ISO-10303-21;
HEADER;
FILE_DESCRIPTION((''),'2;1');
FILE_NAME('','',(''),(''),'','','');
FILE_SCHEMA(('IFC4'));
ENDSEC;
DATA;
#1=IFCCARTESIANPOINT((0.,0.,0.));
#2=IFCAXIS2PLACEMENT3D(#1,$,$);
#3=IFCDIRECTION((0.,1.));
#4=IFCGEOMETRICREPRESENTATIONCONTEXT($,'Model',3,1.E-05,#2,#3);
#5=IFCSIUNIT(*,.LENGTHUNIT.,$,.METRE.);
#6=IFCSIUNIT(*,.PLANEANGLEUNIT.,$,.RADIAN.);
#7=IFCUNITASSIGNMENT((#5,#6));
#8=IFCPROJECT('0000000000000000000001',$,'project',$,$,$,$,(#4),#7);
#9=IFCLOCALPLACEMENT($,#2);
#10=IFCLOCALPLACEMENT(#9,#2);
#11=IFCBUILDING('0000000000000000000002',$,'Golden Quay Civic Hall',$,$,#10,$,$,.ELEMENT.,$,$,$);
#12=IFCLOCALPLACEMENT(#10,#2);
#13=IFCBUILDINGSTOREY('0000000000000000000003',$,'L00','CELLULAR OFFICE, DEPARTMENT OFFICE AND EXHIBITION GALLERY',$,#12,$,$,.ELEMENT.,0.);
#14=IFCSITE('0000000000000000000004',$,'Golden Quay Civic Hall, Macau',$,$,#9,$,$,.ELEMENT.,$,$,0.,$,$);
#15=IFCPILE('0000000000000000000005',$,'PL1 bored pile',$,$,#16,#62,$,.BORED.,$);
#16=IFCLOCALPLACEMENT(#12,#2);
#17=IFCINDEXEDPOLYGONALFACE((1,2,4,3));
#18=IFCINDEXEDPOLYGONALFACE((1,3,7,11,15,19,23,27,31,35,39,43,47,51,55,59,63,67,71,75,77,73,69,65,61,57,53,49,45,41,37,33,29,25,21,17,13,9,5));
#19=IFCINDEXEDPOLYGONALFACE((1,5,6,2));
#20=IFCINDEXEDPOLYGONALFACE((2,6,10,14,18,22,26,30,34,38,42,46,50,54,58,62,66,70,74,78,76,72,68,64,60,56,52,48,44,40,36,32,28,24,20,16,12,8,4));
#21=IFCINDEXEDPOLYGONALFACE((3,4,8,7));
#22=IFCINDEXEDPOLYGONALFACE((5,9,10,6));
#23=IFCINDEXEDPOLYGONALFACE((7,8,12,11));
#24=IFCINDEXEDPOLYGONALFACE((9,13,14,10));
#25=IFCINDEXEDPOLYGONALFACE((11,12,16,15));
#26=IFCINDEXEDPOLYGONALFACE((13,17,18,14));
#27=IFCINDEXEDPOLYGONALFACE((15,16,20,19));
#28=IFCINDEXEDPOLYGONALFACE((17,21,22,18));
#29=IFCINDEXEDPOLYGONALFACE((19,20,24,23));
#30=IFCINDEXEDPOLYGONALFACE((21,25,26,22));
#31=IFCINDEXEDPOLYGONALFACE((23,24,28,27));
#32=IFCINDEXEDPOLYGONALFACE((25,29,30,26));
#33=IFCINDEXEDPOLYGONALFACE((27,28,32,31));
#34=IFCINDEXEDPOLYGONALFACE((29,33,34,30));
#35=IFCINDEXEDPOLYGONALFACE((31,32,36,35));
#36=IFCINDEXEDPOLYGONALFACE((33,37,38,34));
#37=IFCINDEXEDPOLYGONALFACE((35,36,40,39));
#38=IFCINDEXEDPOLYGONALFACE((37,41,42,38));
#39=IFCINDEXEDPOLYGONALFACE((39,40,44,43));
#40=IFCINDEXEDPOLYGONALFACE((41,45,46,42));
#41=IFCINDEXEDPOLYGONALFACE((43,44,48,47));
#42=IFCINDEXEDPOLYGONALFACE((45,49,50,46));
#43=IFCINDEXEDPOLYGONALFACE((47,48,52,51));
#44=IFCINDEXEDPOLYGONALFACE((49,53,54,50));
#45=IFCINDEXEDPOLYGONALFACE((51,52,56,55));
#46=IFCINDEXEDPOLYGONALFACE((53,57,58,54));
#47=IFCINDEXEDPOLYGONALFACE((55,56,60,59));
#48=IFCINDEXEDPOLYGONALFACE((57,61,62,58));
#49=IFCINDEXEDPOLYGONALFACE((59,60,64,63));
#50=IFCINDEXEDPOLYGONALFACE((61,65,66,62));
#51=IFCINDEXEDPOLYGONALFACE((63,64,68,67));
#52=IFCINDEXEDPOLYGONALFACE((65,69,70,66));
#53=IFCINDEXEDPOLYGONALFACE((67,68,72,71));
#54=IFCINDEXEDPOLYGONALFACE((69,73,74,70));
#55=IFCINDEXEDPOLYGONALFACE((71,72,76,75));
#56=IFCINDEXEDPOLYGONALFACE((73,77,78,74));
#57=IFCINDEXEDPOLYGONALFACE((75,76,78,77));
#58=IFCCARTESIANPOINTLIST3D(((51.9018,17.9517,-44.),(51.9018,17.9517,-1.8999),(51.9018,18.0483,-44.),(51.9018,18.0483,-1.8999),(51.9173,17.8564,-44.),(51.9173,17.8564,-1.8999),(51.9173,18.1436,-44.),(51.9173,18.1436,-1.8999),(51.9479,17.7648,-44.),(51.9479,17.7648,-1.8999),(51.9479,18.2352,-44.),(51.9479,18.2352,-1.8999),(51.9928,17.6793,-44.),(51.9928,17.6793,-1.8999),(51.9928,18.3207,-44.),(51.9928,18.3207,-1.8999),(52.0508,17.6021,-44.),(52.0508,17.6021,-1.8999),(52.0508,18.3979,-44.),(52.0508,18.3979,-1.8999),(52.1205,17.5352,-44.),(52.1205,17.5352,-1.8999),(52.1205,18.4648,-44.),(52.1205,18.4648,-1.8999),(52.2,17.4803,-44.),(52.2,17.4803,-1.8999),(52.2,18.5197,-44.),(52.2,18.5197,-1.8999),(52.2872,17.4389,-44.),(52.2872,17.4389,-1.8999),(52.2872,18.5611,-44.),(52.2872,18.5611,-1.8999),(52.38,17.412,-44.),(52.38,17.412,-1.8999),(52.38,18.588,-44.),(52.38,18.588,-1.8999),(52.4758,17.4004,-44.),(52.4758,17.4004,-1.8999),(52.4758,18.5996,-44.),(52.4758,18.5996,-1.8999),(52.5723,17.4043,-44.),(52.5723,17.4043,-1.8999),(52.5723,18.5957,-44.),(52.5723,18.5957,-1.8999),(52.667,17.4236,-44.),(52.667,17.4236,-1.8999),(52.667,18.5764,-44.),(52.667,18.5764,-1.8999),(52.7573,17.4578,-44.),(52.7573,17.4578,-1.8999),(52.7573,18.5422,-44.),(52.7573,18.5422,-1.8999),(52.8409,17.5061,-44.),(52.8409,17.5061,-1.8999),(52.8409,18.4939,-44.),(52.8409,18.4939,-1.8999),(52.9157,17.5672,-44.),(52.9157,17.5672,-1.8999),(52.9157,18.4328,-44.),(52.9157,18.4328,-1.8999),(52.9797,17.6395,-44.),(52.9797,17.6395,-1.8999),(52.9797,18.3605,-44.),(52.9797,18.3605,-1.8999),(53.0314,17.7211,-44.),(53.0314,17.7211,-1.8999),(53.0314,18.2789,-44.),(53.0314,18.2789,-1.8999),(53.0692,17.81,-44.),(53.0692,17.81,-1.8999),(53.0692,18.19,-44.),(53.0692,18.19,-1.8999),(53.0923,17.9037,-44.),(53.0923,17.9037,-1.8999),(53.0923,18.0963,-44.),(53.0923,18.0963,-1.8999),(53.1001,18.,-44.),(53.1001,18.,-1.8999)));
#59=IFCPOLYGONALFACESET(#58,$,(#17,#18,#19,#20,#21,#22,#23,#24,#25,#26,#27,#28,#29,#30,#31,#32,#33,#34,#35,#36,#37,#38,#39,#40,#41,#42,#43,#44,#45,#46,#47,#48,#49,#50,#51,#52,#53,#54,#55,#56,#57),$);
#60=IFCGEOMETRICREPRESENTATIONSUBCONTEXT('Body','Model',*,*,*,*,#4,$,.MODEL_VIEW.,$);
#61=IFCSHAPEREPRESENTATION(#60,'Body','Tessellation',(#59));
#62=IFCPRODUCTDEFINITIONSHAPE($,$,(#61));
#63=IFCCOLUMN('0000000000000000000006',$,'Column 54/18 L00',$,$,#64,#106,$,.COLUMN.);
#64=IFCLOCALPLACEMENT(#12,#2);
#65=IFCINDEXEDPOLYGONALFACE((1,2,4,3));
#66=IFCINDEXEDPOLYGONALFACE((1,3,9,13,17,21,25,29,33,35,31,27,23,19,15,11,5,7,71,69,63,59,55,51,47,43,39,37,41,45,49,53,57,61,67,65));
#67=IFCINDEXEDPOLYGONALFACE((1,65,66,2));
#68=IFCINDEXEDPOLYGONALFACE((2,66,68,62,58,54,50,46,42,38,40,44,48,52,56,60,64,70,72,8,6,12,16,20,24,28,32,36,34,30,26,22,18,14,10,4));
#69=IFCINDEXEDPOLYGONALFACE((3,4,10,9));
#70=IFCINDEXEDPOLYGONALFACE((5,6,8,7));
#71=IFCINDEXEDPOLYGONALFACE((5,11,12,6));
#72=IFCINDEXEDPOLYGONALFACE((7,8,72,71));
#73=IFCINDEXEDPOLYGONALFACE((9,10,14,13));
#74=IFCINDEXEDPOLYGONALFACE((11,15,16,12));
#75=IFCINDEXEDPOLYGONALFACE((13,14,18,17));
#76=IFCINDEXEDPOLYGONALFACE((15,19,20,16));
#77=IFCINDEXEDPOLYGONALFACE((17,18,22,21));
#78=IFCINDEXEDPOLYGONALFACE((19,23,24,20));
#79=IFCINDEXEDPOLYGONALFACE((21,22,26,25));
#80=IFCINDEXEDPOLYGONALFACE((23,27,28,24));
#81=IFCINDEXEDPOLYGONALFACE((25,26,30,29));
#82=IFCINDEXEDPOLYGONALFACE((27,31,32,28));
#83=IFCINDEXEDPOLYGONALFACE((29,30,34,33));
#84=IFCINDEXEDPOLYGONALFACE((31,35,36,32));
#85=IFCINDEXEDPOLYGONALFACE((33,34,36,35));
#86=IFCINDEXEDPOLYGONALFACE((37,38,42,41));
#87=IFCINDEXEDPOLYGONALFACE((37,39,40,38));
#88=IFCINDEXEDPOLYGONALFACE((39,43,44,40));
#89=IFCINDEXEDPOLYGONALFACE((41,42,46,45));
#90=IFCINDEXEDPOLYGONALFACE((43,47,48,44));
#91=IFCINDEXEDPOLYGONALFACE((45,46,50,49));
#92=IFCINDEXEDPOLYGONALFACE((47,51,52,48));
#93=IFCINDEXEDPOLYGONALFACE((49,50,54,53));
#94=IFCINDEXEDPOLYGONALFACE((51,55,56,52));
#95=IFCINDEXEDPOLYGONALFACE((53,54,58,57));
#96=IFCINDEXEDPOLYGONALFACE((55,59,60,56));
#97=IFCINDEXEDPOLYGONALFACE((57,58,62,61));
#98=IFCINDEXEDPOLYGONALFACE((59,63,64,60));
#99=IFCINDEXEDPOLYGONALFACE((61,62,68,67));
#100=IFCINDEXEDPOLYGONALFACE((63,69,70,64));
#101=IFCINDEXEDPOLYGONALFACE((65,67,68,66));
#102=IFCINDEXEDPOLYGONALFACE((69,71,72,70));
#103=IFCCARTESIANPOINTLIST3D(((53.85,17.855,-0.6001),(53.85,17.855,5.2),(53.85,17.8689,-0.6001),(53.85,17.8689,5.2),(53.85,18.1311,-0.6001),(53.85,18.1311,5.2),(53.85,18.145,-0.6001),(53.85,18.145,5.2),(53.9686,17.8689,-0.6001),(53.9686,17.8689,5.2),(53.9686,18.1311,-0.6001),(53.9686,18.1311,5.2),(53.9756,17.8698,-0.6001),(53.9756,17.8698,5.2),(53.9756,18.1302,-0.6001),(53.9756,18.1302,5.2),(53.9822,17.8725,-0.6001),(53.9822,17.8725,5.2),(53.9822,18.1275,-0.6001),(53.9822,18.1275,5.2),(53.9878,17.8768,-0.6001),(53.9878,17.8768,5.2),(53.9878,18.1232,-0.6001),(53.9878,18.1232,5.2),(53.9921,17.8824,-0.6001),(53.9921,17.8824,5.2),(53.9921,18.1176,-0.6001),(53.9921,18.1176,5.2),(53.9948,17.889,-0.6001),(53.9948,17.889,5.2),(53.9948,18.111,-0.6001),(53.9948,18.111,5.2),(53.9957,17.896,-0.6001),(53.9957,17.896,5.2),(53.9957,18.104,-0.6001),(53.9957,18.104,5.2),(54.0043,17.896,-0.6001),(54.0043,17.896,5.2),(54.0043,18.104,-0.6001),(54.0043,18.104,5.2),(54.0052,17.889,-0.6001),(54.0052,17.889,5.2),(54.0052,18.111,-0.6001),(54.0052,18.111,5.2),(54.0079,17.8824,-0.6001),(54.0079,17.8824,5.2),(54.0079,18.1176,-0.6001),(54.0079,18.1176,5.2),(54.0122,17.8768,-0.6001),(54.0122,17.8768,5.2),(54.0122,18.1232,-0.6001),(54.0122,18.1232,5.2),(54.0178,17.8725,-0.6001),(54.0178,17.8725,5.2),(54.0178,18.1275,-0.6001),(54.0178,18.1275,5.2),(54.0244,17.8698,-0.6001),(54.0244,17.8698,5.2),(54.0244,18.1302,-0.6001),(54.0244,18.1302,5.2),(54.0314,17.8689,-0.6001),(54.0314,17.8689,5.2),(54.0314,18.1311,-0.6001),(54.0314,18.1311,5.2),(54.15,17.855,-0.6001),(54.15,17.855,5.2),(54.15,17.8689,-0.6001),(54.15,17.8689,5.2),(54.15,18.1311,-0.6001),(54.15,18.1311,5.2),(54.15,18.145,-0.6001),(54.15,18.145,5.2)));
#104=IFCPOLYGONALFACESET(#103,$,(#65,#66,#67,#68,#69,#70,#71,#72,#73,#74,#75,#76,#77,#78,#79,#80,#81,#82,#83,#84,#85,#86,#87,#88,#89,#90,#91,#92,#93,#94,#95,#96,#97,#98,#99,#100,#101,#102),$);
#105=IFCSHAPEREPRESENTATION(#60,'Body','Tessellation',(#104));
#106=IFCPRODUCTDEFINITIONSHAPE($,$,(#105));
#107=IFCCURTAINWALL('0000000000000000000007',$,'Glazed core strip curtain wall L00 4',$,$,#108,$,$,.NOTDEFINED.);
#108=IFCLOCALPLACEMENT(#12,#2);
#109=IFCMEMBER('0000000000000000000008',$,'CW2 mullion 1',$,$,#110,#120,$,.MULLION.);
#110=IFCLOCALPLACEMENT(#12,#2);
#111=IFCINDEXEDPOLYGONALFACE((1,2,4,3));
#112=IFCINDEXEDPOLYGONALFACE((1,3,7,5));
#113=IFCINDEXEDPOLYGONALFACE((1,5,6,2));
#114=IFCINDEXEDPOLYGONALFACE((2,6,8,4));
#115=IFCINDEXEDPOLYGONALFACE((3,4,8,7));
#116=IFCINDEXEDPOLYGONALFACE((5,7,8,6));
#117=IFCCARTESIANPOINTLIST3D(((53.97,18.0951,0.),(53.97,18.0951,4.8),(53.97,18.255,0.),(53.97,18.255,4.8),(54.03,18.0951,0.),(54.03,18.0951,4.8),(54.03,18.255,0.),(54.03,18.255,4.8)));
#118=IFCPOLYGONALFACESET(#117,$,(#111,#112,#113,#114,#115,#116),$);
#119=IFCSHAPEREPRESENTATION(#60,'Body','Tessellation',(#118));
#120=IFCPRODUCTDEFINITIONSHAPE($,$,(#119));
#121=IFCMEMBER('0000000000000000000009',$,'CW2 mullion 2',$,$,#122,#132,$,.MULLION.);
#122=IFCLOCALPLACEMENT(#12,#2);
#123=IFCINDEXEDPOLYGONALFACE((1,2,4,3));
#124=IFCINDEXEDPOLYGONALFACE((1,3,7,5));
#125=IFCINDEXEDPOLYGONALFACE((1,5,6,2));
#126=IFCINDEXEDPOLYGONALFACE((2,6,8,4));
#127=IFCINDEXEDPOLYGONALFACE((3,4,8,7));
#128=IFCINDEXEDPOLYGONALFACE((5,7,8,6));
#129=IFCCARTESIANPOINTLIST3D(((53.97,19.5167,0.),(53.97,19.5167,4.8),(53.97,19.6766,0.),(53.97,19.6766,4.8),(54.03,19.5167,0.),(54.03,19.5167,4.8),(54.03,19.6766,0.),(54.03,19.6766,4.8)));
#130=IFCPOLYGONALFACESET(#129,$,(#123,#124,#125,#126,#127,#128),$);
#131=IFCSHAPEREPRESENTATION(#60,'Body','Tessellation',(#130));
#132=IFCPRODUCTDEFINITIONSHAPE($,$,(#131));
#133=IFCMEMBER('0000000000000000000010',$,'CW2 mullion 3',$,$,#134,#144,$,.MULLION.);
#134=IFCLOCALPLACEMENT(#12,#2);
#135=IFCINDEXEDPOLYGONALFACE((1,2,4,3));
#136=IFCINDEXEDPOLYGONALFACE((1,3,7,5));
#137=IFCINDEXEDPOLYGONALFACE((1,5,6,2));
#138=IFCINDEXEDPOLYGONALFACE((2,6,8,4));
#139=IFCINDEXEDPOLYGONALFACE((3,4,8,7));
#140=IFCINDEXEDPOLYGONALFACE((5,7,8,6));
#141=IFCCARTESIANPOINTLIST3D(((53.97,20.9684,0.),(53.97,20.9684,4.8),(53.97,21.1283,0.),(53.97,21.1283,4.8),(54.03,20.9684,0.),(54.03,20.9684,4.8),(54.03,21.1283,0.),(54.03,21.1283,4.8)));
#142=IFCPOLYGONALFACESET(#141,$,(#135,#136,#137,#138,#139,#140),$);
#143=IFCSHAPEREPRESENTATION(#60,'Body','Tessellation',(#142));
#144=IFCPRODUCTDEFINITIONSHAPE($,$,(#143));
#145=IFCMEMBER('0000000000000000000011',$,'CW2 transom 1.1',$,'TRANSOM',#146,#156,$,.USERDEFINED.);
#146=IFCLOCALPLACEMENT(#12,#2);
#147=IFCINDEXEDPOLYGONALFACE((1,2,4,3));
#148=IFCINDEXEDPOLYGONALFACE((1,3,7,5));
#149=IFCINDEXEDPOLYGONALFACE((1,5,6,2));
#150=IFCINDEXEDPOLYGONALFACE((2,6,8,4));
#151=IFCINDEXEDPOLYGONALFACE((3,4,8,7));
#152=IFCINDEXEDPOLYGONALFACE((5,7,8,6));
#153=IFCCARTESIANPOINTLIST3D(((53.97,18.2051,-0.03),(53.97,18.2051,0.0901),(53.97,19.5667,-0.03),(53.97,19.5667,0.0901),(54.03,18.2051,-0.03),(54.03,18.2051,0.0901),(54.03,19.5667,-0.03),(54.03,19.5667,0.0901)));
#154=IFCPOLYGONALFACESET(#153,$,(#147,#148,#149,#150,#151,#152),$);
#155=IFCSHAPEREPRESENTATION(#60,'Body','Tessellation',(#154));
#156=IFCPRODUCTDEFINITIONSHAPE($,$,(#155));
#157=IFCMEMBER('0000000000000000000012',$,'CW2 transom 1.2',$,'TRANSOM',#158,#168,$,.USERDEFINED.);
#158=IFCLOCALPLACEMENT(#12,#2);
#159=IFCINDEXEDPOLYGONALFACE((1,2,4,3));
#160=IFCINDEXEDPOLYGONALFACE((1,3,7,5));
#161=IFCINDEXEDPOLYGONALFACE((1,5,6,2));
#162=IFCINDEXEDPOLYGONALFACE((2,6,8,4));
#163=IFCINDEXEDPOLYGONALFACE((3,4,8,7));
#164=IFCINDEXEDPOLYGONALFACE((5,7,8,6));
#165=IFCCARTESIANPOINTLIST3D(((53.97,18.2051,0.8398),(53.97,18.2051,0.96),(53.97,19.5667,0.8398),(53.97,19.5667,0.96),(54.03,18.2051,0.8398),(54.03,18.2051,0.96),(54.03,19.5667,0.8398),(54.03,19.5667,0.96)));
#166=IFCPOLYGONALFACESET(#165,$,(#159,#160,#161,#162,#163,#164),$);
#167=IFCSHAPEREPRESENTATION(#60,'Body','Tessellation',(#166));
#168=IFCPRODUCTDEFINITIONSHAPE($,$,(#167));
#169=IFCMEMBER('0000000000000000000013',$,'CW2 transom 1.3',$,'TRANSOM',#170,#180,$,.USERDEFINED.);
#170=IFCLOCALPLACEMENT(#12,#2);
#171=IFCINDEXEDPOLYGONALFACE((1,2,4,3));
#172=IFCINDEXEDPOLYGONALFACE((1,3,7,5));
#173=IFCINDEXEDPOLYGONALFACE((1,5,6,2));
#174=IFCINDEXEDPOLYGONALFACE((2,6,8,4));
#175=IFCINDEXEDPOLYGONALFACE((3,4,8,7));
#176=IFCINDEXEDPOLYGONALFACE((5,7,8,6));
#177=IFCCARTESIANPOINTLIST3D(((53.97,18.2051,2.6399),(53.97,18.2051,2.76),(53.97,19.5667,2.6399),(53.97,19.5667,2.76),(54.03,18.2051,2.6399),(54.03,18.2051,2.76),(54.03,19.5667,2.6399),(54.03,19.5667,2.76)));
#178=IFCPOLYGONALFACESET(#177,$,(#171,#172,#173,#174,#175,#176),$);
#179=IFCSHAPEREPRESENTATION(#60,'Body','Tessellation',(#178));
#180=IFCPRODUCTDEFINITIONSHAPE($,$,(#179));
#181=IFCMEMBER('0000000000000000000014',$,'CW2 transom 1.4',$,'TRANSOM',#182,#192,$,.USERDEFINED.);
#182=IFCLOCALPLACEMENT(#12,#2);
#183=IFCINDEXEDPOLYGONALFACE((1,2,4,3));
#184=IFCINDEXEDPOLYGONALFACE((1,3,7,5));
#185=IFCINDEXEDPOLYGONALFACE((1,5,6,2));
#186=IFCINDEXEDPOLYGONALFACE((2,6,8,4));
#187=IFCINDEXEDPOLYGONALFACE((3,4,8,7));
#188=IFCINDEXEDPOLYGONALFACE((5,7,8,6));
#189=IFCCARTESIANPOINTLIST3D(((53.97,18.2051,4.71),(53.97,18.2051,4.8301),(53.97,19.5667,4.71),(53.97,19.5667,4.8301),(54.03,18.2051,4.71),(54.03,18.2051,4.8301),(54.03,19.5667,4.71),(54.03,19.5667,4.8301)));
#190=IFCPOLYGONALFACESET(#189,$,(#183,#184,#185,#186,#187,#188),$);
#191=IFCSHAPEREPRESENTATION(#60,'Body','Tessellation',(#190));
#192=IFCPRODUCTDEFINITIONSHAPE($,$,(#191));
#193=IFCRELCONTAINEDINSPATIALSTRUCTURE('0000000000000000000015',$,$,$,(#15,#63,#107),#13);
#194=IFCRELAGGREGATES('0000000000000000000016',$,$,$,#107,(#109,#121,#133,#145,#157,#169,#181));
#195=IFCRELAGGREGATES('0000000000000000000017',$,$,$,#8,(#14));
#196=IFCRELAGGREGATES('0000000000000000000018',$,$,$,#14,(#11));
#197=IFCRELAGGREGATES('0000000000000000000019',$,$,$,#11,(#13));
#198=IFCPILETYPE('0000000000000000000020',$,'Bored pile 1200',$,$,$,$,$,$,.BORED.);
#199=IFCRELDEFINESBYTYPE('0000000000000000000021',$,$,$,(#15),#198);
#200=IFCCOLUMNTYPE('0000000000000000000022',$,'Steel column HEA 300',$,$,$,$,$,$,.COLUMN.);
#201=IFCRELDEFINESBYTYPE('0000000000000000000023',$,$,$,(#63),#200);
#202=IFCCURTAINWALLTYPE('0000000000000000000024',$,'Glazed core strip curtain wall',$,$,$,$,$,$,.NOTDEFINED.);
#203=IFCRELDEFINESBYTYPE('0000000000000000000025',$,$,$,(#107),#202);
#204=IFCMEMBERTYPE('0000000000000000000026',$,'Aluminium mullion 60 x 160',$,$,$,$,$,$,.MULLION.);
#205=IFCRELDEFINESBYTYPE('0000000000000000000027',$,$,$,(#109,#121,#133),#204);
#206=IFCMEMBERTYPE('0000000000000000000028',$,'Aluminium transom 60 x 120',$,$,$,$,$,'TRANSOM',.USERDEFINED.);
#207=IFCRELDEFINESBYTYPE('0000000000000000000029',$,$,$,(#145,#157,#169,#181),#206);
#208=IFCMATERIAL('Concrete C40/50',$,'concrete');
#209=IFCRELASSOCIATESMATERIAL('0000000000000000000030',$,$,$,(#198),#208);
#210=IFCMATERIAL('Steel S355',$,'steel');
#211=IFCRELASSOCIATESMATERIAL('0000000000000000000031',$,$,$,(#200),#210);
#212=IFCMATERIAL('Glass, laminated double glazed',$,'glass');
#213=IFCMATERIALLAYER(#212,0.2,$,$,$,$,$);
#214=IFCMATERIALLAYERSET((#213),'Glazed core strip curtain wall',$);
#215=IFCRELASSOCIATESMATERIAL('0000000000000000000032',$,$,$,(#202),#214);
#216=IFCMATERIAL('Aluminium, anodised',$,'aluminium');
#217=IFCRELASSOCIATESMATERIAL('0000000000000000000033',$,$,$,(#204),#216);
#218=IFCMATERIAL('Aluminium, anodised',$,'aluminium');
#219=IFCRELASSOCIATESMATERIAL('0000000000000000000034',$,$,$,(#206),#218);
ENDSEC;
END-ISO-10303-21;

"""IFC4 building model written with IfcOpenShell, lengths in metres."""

from ifc_helpers import new_model, si_unit, direction, frame, origin, origin_2d, place, context, subcontext, project, spatial, rectangle, circle, i_section, extrude, material, layer, layer_set, material_profile, profile_set, type_object, element, aggregate, save


model = new_model("IFC4")

# Units and contexts
model_context = context("Model", 3, precision=1e-05, world=origin(), true_north=direction((0.0, 1.0)))
body_context = subcontext(model_context, "Body", "Model", "MODEL_VIEW")
ifc_project = project(units=[si_unit("LENGTHUNIT", "METRE"), si_unit("PLANEANGLEUNIT", "RADIAN")], contexts=[model_context])

# Site, building, storey
site_placement = place(None, origin())
site = spatial("IfcSite", under=ifc_project, at=site_placement, Name="Golden Quay Civic Hall, Macau", CompositionType="ELEMENT", RefElevation=0.0)
building_placement = place(site_placement, origin())
building = spatial("IfcBuilding", under=site, at=building_placement, Name="Golden Quay Civic Hall", CompositionType="ELEMENT")
storey_placement = place(building_placement, origin())
storey = spatial("IfcBuildingStorey", under=building, at=storey_placement, Name="L00", Description="CELLULAR OFFICE, DEPARTMENT OFFICE AND EXHIBITION GALLERY", CompositionType="ELEMENT", Elevation=0.0)

# Pile
ifc_material_1 = material(Name="Concrete C40/50", Category="concrete")
ifc_material_profile_1 = material_profile(ifc_material_1, circle(Radius=0.6001, at=origin_2d()), Name="RC D1200")
ifc_profile_set_1 = profile_set([ifc_material_profile_1], Name="Concrete C40/50")
pile_type = type_object("IfcPileType", Name="Bored pile 1200", PredefinedType="BORED", material=ifc_profile_set_1)
pile_placement = place(storey_placement, frame((52.5, 18.0, -1.8999), z_axis=(0.0, 0.0, -1.0), x_axis=(1.0, 0.0, 0.0)))
element("IfcPile", 1, at=pile_placement, inside=storey, type_object=pile_type, Name="PL1 bored pile", PredefinedType="BORED", context=body_context, shape_type="SweptSolid", body=[
    extrude(circle(Radius=0.6001, at=origin_2d()), origin(), (0.0, 0.0, 1.0), 42.1001),
])

# Column
ifc_material_2 = material(Name="Steel S355", Category="steel")
ifc_material_profile_2 = material_profile(ifc_material_2, i_section(OverallWidth=0.3, OverallDepth=0.29, WebThickness=0.0085, FlangeThickness=0.0139, FilletRadius=0.0271, at=origin_2d()), Name="HEA 300")
ifc_profile_set_2 = profile_set([ifc_material_profile_2], Name="Steel S355")
column_type = type_object("IfcColumnType", Name="Steel column HEA 300", PredefinedType="COLUMN", material=ifc_profile_set_2)
column_placement = place(storey_placement, frame((54.0, 18.0, -0.6001), z_axis=(0.0, 0.0, 1.0), x_axis=(1.0, 0.0, 0.0)))
element("IfcColumn", 2, at=column_placement, inside=storey, type_object=column_type, Name="Column 54/18 L00", PredefinedType="COLUMN", context=body_context, shape_type="SweptSolid", body=[
    extrude(i_section(OverallWidth=0.3, OverallDepth=0.29, WebThickness=0.0085, FlangeThickness=0.0139, FilletRadius=0.0271, at=origin_2d()), origin(), (0.0, 0.0, 1.0), 5.8),
])

# Curtain wall, members
ifc_material_3 = material(Name="Glass, laminated double glazed", Category="glass")
ifc_layer_1 = layer(ifc_material_3, 0.2)
ifc_layer_set_1 = layer_set([ifc_layer_1], Name="Glazed core strip curtain wall")
curtain_wall_type = type_object("IfcCurtainWallType", Name="Glazed core strip curtain wall", PredefinedType="NOTDEFINED", material=ifc_layer_set_1)
curtain_wall_placement = place(storey_placement, origin())
curtain_wall = element("IfcCurtainWall", 3, at=curtain_wall_placement, inside=storey, type_object=curtain_wall_type, Name="Glazed core strip curtain wall L00 4", PredefinedType="NOTDEFINED")
ifc_material_4 = material(Name="Aluminium, anodised", Category="aluminium")
ifc_material_profile_3 = material_profile(ifc_material_4, rectangle(XDim=0.0601, YDim=0.1599, at=origin_2d()), Name="Aluminium 60 x 160")
ifc_profile_set_3 = profile_set([ifc_material_profile_3], Name="Aluminium, anodised")
member_type_1 = type_object("IfcMemberType", Name="Aluminium mullion 60 x 160", PredefinedType="MULLION", material=ifc_profile_set_3)
member_1_placement = place(storey_placement, frame((54.0, 18.175, 0.0), z_axis=(0.0, 0.0, 1.0), x_axis=(-1.0, 0.0, 0.0)))
member_1 = element("IfcMember", 4, at=member_1_placement, type_object=member_type_1, Name="CW2 mullion 1", PredefinedType="MULLION", context=body_context, shape_type="SweptSolid", body=[
    extrude(rectangle(XDim=0.0601, YDim=0.1599, at=origin_2d()), origin(), (0.0, 0.0, 1.0), 4.8),
])
member_2_placement = place(storey_placement, frame((54.0, 19.5967, 0.0), z_axis=(0.0, 0.0, 1.0), x_axis=(-1.0, 0.0, 0.0)))
member_2 = element("IfcMember", 5, at=member_2_placement, type_object=member_type_1, Name="CW2 mullion 2", PredefinedType="MULLION", context=body_context, shape_type="SweptSolid", body=[
    extrude(rectangle(XDim=0.0601, YDim=0.1599, at=origin_2d()), origin(), (0.0, 0.0, 1.0), 4.8),
])
member_3_placement = place(storey_placement, frame((54.0, 21.0483, 0.0), z_axis=(0.0, 0.0, 1.0), x_axis=(-1.0, 0.0, 0.0)))
member_3 = element("IfcMember", 6, at=member_3_placement, type_object=member_type_1, Name="CW2 mullion 3", PredefinedType="MULLION", context=body_context, shape_type="SweptSolid", body=[
    extrude(rectangle(XDim=0.0601, YDim=0.1599, at=origin_2d()), origin(), (0.0, 0.0, 1.0), 4.8),
])
ifc_material_5 = material(Name="Aluminium, anodised", Category="aluminium")
ifc_material_profile_4 = material_profile(ifc_material_5, rectangle(XDim=0.0601, YDim=0.1201, at=origin_2d()), Name="Aluminium 60 x 120")
ifc_profile_set_4 = profile_set([ifc_material_profile_4], Name="Aluminium, anodised")
member_type_2 = type_object("IfcMemberType", Name="Aluminium transom 60 x 120", ElementType="TRANSOM", PredefinedType="USERDEFINED", material=ifc_profile_set_4)
member_4_placement = place(storey_placement, frame((54.0, 18.2051, 0.03), z_axis=(0.0, 1.0, 0.0), x_axis=(-1.0, 0.0, 0.0)))
member_4 = element("IfcMember", 7, at=member_4_placement, type_object=member_type_2, Name="CW2 transom 1.1", ObjectType="TRANSOM", PredefinedType="USERDEFINED", context=body_context, shape_type="SweptSolid", body=[
    extrude(rectangle(XDim=0.0601, YDim=0.1201, at=origin_2d()), origin(), (0.0, 0.0, 1.0), 1.3616),
])
member_5_placement = place(storey_placement, frame((54.0, 18.2051, 0.8999), z_axis=(0.0, 1.0, 0.0), x_axis=(-1.0, 0.0, 0.0)))
member_5 = element("IfcMember", 8, at=member_5_placement, type_object=member_type_2, Name="CW2 transom 1.2", ObjectType="TRANSOM", PredefinedType="USERDEFINED", context=body_context, shape_type="SweptSolid", body=[
    extrude(rectangle(XDim=0.0601, YDim=0.1201, at=origin_2d()), origin(), (0.0, 0.0, 1.0), 1.3616),
])
member_6_placement = place(storey_placement, frame((54.0, 18.2051, 2.7), z_axis=(0.0, 1.0, 0.0), x_axis=(-1.0, 0.0, 0.0)))
member_6 = element("IfcMember", 9, at=member_6_placement, type_object=member_type_2, Name="CW2 transom 1.3", ObjectType="TRANSOM", PredefinedType="USERDEFINED", context=body_context, shape_type="SweptSolid", body=[
    extrude(rectangle(XDim=0.0601, YDim=0.1201, at=origin_2d()), origin(), (0.0, 0.0, 1.0), 1.3616),
])
member_7_placement = place(storey_placement, frame((54.0, 18.2051, 4.77), z_axis=(0.0, 1.0, 0.0), x_axis=(-1.0, 0.0, 0.0)))
member_7 = element("IfcMember", 10, at=member_7_placement, type_object=member_type_2, Name="CW2 transom 1.4", ObjectType="TRANSOM", PredefinedType="USERDEFINED", context=body_context, shape_type="SweptSolid", body=[
    extrude(rectangle(XDim=0.0601, YDim=0.1201, at=origin_2d()), origin(), (0.0, 0.0, 1.0), 1.3616),
])

aggregate(curtain_wall, [member_1, member_2, member_3, member_4, member_5, member_6, member_7])

save(model, "model.ifc")
